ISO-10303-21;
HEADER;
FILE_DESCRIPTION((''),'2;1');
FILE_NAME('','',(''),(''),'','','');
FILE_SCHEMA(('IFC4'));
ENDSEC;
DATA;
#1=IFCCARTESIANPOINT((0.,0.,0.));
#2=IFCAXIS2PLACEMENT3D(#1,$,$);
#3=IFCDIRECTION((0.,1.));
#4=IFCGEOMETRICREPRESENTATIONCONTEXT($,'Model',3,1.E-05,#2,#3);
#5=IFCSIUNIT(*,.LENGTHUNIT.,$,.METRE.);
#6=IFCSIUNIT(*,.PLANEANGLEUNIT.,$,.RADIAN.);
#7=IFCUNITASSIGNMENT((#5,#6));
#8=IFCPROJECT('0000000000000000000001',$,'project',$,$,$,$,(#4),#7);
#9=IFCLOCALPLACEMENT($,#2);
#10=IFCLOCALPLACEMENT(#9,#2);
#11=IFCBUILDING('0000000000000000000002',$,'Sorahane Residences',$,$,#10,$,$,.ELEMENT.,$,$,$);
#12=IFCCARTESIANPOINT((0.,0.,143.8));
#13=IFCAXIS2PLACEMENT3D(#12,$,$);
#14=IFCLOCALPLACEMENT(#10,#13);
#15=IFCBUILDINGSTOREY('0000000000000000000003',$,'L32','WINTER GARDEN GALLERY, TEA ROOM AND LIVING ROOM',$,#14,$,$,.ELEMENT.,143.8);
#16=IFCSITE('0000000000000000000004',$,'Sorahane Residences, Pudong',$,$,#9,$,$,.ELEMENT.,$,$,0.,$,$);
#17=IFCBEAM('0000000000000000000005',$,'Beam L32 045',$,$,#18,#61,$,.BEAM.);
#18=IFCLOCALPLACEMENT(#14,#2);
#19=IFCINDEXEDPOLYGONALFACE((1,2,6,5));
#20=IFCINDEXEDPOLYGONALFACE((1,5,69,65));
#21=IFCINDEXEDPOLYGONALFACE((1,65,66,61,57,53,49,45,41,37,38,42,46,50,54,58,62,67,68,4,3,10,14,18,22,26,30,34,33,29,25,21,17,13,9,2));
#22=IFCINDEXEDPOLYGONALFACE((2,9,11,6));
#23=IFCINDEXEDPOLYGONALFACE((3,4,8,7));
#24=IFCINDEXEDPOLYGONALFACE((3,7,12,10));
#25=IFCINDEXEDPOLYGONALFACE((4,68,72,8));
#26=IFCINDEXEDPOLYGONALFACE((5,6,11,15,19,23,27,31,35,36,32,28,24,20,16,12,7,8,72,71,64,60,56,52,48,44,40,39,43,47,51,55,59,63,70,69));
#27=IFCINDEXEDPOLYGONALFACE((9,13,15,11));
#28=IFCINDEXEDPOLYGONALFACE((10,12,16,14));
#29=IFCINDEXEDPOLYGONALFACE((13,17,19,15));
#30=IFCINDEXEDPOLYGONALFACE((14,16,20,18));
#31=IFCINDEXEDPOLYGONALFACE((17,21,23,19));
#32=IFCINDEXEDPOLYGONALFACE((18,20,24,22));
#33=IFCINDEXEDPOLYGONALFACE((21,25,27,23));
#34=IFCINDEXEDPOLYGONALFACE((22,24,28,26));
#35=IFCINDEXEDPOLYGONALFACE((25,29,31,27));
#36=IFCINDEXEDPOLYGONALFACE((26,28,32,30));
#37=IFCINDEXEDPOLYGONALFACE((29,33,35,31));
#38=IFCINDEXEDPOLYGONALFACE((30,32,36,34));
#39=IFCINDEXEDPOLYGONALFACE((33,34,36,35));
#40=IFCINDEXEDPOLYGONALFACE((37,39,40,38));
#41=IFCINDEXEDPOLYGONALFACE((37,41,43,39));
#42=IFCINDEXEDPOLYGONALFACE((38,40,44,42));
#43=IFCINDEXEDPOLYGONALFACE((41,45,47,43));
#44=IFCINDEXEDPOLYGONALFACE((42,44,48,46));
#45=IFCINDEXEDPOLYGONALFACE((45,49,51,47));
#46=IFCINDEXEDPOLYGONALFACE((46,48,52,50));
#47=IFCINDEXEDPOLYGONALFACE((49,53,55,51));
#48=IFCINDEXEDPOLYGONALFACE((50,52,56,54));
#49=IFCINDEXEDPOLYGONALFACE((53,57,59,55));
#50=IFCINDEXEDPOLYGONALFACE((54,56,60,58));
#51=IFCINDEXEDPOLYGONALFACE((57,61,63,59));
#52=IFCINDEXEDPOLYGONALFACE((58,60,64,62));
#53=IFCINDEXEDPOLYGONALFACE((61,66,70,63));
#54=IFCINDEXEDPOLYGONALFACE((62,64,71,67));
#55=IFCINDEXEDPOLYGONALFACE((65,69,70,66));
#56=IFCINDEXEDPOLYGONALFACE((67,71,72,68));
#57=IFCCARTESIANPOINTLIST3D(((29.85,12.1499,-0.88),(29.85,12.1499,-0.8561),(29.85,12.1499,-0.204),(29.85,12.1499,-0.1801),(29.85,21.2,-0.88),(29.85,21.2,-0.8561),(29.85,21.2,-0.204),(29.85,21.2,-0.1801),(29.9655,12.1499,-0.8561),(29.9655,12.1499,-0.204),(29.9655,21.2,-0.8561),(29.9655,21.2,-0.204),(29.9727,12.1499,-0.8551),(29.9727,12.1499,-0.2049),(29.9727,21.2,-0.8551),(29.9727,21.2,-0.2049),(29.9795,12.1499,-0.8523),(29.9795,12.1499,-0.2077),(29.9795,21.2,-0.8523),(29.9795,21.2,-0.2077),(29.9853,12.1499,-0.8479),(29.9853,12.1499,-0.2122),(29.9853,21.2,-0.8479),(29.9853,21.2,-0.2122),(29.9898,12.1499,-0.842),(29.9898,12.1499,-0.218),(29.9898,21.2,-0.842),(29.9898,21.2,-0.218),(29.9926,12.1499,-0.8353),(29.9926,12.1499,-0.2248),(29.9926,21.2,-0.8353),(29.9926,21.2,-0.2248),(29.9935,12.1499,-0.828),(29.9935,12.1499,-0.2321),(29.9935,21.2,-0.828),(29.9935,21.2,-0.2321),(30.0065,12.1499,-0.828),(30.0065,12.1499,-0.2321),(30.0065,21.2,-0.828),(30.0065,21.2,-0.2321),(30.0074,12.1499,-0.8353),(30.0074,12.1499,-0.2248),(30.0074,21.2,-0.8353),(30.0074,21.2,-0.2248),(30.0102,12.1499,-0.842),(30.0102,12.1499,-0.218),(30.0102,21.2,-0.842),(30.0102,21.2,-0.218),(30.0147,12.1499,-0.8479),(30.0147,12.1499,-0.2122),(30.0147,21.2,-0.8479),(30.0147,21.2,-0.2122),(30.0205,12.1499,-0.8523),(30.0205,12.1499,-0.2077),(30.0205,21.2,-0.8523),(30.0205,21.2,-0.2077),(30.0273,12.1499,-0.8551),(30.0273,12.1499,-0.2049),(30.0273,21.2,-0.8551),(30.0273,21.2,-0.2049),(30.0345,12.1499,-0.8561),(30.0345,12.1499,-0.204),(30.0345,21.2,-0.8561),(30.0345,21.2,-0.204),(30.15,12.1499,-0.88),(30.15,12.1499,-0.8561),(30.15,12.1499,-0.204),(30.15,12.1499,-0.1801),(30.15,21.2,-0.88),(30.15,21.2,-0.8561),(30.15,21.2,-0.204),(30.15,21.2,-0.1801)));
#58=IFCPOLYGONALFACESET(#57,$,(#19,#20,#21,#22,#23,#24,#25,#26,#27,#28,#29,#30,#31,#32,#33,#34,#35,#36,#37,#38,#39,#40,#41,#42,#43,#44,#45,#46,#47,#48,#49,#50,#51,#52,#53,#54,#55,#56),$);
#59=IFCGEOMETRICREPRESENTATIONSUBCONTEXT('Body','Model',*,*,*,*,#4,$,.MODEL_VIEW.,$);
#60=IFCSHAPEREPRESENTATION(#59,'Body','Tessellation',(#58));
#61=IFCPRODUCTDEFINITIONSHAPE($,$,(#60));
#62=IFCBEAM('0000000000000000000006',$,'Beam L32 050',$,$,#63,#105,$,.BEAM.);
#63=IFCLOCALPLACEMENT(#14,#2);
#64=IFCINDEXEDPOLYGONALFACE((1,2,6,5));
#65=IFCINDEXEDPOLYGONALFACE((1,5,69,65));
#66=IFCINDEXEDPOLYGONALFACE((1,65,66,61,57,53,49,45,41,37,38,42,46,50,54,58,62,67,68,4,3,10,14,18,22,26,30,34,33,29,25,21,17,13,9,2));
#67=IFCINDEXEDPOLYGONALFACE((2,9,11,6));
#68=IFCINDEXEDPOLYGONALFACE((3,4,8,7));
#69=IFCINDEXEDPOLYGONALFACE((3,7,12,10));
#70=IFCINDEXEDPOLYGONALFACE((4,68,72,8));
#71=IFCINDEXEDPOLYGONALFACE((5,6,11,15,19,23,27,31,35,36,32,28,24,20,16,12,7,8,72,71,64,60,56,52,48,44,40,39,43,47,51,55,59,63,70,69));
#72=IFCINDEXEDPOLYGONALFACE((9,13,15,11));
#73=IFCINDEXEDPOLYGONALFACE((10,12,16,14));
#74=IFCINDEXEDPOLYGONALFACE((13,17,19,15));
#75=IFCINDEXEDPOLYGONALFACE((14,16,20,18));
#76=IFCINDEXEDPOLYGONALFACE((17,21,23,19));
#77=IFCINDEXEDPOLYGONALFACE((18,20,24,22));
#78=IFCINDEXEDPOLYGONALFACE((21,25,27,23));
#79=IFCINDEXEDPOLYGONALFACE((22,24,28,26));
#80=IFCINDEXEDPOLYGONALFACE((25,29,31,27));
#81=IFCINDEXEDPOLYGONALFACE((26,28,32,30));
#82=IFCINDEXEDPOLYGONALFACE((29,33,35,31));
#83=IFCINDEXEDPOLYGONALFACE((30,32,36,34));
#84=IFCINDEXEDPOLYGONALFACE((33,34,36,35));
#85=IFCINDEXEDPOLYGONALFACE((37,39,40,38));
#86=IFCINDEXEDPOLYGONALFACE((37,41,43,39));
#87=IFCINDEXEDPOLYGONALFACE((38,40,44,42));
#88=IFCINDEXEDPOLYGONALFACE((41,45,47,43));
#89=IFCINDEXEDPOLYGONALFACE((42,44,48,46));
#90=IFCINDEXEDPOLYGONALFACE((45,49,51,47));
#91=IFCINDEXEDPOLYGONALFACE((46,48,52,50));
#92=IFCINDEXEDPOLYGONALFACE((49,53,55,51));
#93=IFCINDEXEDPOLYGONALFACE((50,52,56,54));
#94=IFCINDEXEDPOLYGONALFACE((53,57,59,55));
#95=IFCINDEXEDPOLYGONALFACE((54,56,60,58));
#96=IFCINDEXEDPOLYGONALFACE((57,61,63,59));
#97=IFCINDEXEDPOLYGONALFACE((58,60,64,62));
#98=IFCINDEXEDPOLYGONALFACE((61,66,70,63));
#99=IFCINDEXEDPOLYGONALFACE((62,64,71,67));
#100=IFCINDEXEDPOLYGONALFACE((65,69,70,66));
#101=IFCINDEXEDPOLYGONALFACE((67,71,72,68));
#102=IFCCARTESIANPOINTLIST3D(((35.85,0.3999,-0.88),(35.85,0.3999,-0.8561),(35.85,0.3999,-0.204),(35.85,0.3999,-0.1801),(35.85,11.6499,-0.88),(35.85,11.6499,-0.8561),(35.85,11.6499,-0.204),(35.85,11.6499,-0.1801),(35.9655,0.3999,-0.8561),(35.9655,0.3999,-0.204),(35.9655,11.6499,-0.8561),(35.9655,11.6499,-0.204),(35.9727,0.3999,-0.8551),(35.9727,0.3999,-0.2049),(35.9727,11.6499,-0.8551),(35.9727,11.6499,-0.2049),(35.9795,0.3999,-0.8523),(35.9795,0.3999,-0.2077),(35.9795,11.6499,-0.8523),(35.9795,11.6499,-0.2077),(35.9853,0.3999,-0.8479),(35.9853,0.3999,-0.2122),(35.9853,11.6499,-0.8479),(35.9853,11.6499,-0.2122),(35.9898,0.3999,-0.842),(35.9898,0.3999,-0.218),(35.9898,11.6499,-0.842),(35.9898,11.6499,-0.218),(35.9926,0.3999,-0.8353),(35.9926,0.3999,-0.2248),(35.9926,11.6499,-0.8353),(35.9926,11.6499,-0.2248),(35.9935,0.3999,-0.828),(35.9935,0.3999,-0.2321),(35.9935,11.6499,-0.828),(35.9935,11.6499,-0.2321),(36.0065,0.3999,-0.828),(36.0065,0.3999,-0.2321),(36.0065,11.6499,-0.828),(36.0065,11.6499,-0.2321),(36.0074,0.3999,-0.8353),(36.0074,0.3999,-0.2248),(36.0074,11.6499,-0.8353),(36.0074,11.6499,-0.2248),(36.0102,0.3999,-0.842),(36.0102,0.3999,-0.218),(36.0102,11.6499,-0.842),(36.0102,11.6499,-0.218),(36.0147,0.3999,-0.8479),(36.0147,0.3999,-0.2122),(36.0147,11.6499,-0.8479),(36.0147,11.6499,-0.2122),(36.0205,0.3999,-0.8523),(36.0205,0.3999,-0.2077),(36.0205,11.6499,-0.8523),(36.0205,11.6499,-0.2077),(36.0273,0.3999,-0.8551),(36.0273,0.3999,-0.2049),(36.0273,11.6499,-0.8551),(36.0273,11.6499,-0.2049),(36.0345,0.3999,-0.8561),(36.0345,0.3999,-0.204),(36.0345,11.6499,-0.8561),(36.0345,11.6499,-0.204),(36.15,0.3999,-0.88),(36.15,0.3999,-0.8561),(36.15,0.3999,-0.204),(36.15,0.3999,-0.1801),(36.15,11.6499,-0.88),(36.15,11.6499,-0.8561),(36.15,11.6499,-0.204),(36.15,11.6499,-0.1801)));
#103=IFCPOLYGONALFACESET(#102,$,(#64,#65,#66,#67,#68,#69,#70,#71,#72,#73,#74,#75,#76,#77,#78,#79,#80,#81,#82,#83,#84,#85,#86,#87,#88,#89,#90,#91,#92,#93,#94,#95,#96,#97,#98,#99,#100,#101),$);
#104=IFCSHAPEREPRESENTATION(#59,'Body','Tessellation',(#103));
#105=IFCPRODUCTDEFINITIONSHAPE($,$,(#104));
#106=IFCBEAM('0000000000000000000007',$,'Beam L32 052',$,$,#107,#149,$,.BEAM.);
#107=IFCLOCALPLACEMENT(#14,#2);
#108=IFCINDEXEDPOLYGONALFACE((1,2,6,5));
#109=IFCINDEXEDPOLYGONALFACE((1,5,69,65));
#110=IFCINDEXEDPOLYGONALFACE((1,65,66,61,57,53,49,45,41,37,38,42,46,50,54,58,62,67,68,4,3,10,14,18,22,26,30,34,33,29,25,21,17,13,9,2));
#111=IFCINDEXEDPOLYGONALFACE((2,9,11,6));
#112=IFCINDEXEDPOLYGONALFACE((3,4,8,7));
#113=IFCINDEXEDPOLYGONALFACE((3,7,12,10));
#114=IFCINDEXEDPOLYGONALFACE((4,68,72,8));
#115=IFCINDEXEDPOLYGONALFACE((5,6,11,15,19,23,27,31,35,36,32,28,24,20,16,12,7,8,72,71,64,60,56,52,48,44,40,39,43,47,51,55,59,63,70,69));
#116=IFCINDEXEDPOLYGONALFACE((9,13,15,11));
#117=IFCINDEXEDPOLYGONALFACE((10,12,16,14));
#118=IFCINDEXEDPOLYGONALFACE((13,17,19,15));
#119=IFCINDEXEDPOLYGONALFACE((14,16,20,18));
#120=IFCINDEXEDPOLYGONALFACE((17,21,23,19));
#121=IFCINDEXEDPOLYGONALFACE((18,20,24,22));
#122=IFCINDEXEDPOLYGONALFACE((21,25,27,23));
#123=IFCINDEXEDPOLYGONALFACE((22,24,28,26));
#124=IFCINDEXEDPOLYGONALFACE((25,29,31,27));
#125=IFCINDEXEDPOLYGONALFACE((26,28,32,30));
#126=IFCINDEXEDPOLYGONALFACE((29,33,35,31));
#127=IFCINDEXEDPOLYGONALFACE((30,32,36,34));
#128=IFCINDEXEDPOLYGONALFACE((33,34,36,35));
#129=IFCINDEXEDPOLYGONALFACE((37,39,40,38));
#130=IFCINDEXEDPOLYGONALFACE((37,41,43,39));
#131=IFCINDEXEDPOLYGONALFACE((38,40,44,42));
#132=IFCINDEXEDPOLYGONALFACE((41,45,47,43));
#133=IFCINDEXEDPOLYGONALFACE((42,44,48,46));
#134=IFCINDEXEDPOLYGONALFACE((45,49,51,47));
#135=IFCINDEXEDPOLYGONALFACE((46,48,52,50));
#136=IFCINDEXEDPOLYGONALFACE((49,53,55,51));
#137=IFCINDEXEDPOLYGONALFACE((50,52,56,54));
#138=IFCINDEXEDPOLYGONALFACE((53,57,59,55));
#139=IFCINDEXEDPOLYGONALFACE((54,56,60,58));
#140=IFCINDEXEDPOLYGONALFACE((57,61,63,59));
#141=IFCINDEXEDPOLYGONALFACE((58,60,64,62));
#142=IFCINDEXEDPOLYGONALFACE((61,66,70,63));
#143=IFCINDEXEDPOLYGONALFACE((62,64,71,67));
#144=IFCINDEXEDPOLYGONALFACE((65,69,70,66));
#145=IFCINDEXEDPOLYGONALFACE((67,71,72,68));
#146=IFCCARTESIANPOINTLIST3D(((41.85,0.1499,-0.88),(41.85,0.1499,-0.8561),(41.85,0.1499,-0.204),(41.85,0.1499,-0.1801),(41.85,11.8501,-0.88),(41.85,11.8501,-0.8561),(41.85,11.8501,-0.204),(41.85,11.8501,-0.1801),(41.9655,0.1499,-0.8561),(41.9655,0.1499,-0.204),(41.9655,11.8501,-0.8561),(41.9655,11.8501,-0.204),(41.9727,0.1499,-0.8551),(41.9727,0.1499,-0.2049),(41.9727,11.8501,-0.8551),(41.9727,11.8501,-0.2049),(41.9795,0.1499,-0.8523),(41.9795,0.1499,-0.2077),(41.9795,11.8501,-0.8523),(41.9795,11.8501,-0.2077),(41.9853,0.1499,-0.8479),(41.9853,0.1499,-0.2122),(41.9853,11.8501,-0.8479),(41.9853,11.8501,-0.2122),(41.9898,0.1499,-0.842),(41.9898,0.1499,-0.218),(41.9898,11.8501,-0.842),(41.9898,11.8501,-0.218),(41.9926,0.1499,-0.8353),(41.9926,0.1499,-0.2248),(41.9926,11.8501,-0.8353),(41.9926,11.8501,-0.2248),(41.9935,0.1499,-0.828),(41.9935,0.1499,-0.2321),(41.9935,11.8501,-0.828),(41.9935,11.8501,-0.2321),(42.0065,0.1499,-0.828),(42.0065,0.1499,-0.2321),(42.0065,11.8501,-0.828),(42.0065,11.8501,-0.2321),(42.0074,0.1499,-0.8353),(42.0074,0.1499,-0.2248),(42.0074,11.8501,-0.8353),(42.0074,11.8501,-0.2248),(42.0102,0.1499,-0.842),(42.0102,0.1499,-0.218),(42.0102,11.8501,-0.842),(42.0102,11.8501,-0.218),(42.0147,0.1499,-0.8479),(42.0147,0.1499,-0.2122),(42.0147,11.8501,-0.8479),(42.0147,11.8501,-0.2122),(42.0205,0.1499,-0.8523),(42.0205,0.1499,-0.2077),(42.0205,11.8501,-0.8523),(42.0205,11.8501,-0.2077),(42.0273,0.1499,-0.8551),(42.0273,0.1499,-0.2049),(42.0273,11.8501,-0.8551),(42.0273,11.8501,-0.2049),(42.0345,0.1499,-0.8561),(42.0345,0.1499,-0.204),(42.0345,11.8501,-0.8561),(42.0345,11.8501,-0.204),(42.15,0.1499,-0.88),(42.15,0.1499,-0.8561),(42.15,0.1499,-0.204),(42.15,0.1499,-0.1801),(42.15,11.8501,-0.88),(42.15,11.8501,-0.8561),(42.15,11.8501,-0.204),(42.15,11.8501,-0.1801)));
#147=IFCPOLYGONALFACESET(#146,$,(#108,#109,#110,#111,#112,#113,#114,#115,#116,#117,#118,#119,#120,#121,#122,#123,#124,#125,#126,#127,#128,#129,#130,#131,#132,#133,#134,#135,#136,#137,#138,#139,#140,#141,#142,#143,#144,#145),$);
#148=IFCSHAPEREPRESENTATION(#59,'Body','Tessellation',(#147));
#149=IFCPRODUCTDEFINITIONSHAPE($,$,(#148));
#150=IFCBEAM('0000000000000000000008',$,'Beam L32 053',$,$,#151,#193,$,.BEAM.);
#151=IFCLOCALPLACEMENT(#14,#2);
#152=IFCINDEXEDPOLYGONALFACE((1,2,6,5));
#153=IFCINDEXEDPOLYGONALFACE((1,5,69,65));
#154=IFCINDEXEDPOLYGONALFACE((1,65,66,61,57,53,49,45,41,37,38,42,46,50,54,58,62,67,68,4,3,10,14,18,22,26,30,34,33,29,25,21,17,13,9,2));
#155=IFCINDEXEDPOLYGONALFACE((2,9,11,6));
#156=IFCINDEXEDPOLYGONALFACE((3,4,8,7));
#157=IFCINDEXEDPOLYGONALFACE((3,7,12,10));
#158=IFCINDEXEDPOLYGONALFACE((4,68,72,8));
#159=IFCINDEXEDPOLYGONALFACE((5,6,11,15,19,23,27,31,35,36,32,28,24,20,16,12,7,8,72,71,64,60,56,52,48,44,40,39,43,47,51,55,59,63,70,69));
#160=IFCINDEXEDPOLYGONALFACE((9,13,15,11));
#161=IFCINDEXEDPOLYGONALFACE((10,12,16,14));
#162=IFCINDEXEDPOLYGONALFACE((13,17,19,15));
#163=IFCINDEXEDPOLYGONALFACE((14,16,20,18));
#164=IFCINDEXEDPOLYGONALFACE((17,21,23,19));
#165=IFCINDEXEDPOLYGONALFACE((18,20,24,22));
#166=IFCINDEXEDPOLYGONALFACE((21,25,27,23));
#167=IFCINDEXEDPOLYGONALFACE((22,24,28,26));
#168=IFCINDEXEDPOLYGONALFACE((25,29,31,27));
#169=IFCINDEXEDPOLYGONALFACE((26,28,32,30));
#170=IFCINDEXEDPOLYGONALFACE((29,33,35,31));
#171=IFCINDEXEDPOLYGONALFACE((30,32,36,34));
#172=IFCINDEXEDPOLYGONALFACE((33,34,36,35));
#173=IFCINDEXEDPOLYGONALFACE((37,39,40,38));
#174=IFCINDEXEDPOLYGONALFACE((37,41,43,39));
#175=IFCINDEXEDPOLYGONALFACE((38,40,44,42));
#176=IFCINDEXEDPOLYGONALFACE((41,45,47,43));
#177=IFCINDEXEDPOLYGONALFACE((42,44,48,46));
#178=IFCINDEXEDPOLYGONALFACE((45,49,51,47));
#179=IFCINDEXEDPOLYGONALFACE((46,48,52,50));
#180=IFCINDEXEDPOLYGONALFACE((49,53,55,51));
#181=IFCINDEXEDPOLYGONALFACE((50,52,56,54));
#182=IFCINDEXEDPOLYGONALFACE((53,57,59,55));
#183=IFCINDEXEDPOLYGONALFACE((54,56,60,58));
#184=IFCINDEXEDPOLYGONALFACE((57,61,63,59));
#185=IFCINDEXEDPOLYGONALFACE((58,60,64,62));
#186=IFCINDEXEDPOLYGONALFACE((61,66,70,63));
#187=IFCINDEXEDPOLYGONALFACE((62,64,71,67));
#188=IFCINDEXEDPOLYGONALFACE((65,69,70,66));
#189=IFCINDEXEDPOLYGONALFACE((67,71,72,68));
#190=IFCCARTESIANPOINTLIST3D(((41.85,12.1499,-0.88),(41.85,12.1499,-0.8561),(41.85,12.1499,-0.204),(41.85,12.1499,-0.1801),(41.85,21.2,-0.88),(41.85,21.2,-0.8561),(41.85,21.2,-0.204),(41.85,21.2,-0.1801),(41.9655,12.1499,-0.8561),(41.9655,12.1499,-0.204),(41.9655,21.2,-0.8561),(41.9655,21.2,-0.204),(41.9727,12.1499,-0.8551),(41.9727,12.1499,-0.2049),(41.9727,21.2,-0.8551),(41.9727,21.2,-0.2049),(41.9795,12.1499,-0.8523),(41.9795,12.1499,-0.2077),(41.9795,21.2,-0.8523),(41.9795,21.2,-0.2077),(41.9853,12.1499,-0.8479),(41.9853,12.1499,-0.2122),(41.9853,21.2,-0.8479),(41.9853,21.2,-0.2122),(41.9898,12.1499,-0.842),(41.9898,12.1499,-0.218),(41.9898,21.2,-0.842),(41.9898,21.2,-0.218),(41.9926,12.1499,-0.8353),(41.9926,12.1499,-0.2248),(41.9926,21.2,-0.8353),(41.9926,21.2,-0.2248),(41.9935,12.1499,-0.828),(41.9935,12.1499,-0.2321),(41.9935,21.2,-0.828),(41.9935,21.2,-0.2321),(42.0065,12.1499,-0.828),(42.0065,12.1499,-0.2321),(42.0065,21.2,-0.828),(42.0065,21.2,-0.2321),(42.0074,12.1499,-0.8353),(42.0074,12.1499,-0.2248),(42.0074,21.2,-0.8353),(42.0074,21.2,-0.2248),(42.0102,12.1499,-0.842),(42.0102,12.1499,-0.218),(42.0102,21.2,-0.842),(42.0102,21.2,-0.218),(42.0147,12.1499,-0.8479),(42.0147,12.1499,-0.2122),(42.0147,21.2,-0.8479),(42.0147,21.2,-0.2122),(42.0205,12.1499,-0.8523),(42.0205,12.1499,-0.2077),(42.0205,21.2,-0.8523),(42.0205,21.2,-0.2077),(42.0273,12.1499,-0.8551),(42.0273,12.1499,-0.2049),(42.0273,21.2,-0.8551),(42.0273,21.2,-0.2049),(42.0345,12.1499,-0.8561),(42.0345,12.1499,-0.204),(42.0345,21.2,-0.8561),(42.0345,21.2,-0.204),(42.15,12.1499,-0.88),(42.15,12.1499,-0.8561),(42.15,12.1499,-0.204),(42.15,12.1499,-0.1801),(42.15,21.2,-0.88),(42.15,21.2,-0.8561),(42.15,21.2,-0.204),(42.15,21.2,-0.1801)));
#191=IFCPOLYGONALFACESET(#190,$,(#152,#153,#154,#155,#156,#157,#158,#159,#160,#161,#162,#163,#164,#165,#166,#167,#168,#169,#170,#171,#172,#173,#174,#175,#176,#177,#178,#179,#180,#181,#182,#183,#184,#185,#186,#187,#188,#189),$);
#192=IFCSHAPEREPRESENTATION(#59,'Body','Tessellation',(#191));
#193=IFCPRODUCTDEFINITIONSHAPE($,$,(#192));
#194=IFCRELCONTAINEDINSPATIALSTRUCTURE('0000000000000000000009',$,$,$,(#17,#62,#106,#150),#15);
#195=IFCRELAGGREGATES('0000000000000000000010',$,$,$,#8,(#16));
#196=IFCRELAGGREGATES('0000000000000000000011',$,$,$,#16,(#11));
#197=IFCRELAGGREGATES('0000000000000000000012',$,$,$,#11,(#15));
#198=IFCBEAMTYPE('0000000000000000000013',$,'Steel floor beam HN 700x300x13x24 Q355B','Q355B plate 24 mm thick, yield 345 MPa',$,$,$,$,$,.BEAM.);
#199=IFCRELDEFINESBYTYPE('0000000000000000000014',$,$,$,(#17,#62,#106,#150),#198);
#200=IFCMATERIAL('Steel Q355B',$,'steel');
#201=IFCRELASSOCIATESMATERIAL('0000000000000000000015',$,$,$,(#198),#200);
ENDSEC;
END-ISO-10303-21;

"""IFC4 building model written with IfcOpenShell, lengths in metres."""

from ifc_helpers import new_model, si_unit, direction, frame, origin, origin_2d, place, context, subcontext, project, spatial, i_section, extrude, material, material_profile, profile_set, type_object, element, save


model = new_model("IFC4")

# Units and contexts
model_context = context("Model", 3, precision=1e-05, world=origin(), true_north=direction((0.0, 1.0)))
body_context = subcontext(model_context, "Body", "Model", "MODEL_VIEW")
ifc_project = project(units=[si_unit("LENGTHUNIT", "METRE"), si_unit("PLANEANGLEUNIT", "RADIAN")], contexts=[model_context])

# Site, building, storey
site_placement = place(None, origin())
site = spatial("IfcSite", under=ifc_project, at=site_placement, Name="Sorahane Residences, Pudong", CompositionType="ELEMENT", RefElevation=0.0)
building_placement = place(site_placement, origin())
building = spatial("IfcBuilding", under=site, at=building_placement, Name="Sorahane Residences", CompositionType="ELEMENT")
storey_placement = place(building_placement, frame((0.0, 0.0, 143.8)))
storey = spatial("IfcBuildingStorey", under=building, at=storey_placement, Name="L32", Description="WINTER GARDEN GALLERY, TEA ROOM AND LIVING ROOM", CompositionType="ELEMENT", Elevation=143.8)

# Beams
ifc_material_1 = material(Name="Steel Q355B", Category="steel")
ifc_material_profile_1 = material_profile(ifc_material_1, i_section(OverallWidth=0.3, OverallDepth=0.7, WebThickness=0.0129, FlangeThickness=0.0239, FilletRadius=0.0281, at=origin_2d()), Name="HN 700x300x13x24")
ifc_profile_set_1 = profile_set([ifc_material_profile_1], Name="Steel Q355B")
beam_type_1 = type_object("IfcBeamType", Name="Steel floor beam HN 700x300x13x24 Q355B", Description="Q355B plate 24 mm thick, yield 345 MPa", PredefinedType="BEAM", material=ifc_profile_set_1)
beam_1_placement = place(storey_placement, frame((30.0, 12.1499, -0.53), z_axis=(0.0, 1.0, 0.0), x_axis=(-1.0, 0.0, 0.0)))
element("IfcBeam", 1, at=beam_1_placement, inside=storey, type_object=beam_type_1, Name="Beam L32 045", PredefinedType="BEAM", context=body_context, shape_type="SweptSolid", body=[
    extrude(i_section(OverallWidth=0.3, OverallDepth=0.7, WebThickness=0.0129, FlangeThickness=0.0239, FilletRadius=0.0281, at=origin_2d()), origin(), (0.0, 0.0, 1.0), 9.05),
])
beam_2_placement = place(storey_placement, frame((36.0, 0.3999, -0.53), z_axis=(0.0, 1.0, 0.0), x_axis=(-1.0, 0.0, 0.0)))
element("IfcBeam", 2, at=beam_2_placement, inside=storey, type_object=beam_type_1, Name="Beam L32 050", PredefinedType="BEAM", context=body_context, shape_type="SweptSolid", body=[
    extrude(i_section(OverallWidth=0.3, OverallDepth=0.7, WebThickness=0.0129, FlangeThickness=0.0239, FilletRadius=0.0281, at=origin_2d()), origin(), (0.0, 0.0, 1.0), 11.25),
])
beam_3_placement = place(storey_placement, frame((42.0, 0.1499, -0.53), z_axis=(0.0, 1.0, 0.0), x_axis=(-1.0, 0.0, 0.0)))
element("IfcBeam", 3, at=beam_3_placement, inside=storey, type_object=beam_type_1, Name="Beam L32 052", PredefinedType="BEAM", context=body_context, shape_type="SweptSolid", body=[
    extrude(i_section(OverallWidth=0.3, OverallDepth=0.7, WebThickness=0.0129, FlangeThickness=0.0239, FilletRadius=0.0281, at=origin_2d()), origin(), (0.0, 0.0, 1.0), 11.7002),
])
beam_4_placement = place(storey_placement, frame((42.0, 12.1499, -0.53), z_axis=(0.0, 1.0, 0.0), x_axis=(-1.0, 0.0, 0.0)))
element("IfcBeam", 4, at=beam_4_placement, inside=storey, type_object=beam_type_1, Name="Beam L32 053", PredefinedType="BEAM", context=body_context, shape_type="SweptSolid", body=[
    extrude(i_section(OverallWidth=0.3, OverallDepth=0.7, WebThickness=0.0129, FlangeThickness=0.0239, FilletRadius=0.0281, at=origin_2d()), origin(), (0.0, 0.0, 1.0), 9.05),
])

save(model, "model.ifc")
